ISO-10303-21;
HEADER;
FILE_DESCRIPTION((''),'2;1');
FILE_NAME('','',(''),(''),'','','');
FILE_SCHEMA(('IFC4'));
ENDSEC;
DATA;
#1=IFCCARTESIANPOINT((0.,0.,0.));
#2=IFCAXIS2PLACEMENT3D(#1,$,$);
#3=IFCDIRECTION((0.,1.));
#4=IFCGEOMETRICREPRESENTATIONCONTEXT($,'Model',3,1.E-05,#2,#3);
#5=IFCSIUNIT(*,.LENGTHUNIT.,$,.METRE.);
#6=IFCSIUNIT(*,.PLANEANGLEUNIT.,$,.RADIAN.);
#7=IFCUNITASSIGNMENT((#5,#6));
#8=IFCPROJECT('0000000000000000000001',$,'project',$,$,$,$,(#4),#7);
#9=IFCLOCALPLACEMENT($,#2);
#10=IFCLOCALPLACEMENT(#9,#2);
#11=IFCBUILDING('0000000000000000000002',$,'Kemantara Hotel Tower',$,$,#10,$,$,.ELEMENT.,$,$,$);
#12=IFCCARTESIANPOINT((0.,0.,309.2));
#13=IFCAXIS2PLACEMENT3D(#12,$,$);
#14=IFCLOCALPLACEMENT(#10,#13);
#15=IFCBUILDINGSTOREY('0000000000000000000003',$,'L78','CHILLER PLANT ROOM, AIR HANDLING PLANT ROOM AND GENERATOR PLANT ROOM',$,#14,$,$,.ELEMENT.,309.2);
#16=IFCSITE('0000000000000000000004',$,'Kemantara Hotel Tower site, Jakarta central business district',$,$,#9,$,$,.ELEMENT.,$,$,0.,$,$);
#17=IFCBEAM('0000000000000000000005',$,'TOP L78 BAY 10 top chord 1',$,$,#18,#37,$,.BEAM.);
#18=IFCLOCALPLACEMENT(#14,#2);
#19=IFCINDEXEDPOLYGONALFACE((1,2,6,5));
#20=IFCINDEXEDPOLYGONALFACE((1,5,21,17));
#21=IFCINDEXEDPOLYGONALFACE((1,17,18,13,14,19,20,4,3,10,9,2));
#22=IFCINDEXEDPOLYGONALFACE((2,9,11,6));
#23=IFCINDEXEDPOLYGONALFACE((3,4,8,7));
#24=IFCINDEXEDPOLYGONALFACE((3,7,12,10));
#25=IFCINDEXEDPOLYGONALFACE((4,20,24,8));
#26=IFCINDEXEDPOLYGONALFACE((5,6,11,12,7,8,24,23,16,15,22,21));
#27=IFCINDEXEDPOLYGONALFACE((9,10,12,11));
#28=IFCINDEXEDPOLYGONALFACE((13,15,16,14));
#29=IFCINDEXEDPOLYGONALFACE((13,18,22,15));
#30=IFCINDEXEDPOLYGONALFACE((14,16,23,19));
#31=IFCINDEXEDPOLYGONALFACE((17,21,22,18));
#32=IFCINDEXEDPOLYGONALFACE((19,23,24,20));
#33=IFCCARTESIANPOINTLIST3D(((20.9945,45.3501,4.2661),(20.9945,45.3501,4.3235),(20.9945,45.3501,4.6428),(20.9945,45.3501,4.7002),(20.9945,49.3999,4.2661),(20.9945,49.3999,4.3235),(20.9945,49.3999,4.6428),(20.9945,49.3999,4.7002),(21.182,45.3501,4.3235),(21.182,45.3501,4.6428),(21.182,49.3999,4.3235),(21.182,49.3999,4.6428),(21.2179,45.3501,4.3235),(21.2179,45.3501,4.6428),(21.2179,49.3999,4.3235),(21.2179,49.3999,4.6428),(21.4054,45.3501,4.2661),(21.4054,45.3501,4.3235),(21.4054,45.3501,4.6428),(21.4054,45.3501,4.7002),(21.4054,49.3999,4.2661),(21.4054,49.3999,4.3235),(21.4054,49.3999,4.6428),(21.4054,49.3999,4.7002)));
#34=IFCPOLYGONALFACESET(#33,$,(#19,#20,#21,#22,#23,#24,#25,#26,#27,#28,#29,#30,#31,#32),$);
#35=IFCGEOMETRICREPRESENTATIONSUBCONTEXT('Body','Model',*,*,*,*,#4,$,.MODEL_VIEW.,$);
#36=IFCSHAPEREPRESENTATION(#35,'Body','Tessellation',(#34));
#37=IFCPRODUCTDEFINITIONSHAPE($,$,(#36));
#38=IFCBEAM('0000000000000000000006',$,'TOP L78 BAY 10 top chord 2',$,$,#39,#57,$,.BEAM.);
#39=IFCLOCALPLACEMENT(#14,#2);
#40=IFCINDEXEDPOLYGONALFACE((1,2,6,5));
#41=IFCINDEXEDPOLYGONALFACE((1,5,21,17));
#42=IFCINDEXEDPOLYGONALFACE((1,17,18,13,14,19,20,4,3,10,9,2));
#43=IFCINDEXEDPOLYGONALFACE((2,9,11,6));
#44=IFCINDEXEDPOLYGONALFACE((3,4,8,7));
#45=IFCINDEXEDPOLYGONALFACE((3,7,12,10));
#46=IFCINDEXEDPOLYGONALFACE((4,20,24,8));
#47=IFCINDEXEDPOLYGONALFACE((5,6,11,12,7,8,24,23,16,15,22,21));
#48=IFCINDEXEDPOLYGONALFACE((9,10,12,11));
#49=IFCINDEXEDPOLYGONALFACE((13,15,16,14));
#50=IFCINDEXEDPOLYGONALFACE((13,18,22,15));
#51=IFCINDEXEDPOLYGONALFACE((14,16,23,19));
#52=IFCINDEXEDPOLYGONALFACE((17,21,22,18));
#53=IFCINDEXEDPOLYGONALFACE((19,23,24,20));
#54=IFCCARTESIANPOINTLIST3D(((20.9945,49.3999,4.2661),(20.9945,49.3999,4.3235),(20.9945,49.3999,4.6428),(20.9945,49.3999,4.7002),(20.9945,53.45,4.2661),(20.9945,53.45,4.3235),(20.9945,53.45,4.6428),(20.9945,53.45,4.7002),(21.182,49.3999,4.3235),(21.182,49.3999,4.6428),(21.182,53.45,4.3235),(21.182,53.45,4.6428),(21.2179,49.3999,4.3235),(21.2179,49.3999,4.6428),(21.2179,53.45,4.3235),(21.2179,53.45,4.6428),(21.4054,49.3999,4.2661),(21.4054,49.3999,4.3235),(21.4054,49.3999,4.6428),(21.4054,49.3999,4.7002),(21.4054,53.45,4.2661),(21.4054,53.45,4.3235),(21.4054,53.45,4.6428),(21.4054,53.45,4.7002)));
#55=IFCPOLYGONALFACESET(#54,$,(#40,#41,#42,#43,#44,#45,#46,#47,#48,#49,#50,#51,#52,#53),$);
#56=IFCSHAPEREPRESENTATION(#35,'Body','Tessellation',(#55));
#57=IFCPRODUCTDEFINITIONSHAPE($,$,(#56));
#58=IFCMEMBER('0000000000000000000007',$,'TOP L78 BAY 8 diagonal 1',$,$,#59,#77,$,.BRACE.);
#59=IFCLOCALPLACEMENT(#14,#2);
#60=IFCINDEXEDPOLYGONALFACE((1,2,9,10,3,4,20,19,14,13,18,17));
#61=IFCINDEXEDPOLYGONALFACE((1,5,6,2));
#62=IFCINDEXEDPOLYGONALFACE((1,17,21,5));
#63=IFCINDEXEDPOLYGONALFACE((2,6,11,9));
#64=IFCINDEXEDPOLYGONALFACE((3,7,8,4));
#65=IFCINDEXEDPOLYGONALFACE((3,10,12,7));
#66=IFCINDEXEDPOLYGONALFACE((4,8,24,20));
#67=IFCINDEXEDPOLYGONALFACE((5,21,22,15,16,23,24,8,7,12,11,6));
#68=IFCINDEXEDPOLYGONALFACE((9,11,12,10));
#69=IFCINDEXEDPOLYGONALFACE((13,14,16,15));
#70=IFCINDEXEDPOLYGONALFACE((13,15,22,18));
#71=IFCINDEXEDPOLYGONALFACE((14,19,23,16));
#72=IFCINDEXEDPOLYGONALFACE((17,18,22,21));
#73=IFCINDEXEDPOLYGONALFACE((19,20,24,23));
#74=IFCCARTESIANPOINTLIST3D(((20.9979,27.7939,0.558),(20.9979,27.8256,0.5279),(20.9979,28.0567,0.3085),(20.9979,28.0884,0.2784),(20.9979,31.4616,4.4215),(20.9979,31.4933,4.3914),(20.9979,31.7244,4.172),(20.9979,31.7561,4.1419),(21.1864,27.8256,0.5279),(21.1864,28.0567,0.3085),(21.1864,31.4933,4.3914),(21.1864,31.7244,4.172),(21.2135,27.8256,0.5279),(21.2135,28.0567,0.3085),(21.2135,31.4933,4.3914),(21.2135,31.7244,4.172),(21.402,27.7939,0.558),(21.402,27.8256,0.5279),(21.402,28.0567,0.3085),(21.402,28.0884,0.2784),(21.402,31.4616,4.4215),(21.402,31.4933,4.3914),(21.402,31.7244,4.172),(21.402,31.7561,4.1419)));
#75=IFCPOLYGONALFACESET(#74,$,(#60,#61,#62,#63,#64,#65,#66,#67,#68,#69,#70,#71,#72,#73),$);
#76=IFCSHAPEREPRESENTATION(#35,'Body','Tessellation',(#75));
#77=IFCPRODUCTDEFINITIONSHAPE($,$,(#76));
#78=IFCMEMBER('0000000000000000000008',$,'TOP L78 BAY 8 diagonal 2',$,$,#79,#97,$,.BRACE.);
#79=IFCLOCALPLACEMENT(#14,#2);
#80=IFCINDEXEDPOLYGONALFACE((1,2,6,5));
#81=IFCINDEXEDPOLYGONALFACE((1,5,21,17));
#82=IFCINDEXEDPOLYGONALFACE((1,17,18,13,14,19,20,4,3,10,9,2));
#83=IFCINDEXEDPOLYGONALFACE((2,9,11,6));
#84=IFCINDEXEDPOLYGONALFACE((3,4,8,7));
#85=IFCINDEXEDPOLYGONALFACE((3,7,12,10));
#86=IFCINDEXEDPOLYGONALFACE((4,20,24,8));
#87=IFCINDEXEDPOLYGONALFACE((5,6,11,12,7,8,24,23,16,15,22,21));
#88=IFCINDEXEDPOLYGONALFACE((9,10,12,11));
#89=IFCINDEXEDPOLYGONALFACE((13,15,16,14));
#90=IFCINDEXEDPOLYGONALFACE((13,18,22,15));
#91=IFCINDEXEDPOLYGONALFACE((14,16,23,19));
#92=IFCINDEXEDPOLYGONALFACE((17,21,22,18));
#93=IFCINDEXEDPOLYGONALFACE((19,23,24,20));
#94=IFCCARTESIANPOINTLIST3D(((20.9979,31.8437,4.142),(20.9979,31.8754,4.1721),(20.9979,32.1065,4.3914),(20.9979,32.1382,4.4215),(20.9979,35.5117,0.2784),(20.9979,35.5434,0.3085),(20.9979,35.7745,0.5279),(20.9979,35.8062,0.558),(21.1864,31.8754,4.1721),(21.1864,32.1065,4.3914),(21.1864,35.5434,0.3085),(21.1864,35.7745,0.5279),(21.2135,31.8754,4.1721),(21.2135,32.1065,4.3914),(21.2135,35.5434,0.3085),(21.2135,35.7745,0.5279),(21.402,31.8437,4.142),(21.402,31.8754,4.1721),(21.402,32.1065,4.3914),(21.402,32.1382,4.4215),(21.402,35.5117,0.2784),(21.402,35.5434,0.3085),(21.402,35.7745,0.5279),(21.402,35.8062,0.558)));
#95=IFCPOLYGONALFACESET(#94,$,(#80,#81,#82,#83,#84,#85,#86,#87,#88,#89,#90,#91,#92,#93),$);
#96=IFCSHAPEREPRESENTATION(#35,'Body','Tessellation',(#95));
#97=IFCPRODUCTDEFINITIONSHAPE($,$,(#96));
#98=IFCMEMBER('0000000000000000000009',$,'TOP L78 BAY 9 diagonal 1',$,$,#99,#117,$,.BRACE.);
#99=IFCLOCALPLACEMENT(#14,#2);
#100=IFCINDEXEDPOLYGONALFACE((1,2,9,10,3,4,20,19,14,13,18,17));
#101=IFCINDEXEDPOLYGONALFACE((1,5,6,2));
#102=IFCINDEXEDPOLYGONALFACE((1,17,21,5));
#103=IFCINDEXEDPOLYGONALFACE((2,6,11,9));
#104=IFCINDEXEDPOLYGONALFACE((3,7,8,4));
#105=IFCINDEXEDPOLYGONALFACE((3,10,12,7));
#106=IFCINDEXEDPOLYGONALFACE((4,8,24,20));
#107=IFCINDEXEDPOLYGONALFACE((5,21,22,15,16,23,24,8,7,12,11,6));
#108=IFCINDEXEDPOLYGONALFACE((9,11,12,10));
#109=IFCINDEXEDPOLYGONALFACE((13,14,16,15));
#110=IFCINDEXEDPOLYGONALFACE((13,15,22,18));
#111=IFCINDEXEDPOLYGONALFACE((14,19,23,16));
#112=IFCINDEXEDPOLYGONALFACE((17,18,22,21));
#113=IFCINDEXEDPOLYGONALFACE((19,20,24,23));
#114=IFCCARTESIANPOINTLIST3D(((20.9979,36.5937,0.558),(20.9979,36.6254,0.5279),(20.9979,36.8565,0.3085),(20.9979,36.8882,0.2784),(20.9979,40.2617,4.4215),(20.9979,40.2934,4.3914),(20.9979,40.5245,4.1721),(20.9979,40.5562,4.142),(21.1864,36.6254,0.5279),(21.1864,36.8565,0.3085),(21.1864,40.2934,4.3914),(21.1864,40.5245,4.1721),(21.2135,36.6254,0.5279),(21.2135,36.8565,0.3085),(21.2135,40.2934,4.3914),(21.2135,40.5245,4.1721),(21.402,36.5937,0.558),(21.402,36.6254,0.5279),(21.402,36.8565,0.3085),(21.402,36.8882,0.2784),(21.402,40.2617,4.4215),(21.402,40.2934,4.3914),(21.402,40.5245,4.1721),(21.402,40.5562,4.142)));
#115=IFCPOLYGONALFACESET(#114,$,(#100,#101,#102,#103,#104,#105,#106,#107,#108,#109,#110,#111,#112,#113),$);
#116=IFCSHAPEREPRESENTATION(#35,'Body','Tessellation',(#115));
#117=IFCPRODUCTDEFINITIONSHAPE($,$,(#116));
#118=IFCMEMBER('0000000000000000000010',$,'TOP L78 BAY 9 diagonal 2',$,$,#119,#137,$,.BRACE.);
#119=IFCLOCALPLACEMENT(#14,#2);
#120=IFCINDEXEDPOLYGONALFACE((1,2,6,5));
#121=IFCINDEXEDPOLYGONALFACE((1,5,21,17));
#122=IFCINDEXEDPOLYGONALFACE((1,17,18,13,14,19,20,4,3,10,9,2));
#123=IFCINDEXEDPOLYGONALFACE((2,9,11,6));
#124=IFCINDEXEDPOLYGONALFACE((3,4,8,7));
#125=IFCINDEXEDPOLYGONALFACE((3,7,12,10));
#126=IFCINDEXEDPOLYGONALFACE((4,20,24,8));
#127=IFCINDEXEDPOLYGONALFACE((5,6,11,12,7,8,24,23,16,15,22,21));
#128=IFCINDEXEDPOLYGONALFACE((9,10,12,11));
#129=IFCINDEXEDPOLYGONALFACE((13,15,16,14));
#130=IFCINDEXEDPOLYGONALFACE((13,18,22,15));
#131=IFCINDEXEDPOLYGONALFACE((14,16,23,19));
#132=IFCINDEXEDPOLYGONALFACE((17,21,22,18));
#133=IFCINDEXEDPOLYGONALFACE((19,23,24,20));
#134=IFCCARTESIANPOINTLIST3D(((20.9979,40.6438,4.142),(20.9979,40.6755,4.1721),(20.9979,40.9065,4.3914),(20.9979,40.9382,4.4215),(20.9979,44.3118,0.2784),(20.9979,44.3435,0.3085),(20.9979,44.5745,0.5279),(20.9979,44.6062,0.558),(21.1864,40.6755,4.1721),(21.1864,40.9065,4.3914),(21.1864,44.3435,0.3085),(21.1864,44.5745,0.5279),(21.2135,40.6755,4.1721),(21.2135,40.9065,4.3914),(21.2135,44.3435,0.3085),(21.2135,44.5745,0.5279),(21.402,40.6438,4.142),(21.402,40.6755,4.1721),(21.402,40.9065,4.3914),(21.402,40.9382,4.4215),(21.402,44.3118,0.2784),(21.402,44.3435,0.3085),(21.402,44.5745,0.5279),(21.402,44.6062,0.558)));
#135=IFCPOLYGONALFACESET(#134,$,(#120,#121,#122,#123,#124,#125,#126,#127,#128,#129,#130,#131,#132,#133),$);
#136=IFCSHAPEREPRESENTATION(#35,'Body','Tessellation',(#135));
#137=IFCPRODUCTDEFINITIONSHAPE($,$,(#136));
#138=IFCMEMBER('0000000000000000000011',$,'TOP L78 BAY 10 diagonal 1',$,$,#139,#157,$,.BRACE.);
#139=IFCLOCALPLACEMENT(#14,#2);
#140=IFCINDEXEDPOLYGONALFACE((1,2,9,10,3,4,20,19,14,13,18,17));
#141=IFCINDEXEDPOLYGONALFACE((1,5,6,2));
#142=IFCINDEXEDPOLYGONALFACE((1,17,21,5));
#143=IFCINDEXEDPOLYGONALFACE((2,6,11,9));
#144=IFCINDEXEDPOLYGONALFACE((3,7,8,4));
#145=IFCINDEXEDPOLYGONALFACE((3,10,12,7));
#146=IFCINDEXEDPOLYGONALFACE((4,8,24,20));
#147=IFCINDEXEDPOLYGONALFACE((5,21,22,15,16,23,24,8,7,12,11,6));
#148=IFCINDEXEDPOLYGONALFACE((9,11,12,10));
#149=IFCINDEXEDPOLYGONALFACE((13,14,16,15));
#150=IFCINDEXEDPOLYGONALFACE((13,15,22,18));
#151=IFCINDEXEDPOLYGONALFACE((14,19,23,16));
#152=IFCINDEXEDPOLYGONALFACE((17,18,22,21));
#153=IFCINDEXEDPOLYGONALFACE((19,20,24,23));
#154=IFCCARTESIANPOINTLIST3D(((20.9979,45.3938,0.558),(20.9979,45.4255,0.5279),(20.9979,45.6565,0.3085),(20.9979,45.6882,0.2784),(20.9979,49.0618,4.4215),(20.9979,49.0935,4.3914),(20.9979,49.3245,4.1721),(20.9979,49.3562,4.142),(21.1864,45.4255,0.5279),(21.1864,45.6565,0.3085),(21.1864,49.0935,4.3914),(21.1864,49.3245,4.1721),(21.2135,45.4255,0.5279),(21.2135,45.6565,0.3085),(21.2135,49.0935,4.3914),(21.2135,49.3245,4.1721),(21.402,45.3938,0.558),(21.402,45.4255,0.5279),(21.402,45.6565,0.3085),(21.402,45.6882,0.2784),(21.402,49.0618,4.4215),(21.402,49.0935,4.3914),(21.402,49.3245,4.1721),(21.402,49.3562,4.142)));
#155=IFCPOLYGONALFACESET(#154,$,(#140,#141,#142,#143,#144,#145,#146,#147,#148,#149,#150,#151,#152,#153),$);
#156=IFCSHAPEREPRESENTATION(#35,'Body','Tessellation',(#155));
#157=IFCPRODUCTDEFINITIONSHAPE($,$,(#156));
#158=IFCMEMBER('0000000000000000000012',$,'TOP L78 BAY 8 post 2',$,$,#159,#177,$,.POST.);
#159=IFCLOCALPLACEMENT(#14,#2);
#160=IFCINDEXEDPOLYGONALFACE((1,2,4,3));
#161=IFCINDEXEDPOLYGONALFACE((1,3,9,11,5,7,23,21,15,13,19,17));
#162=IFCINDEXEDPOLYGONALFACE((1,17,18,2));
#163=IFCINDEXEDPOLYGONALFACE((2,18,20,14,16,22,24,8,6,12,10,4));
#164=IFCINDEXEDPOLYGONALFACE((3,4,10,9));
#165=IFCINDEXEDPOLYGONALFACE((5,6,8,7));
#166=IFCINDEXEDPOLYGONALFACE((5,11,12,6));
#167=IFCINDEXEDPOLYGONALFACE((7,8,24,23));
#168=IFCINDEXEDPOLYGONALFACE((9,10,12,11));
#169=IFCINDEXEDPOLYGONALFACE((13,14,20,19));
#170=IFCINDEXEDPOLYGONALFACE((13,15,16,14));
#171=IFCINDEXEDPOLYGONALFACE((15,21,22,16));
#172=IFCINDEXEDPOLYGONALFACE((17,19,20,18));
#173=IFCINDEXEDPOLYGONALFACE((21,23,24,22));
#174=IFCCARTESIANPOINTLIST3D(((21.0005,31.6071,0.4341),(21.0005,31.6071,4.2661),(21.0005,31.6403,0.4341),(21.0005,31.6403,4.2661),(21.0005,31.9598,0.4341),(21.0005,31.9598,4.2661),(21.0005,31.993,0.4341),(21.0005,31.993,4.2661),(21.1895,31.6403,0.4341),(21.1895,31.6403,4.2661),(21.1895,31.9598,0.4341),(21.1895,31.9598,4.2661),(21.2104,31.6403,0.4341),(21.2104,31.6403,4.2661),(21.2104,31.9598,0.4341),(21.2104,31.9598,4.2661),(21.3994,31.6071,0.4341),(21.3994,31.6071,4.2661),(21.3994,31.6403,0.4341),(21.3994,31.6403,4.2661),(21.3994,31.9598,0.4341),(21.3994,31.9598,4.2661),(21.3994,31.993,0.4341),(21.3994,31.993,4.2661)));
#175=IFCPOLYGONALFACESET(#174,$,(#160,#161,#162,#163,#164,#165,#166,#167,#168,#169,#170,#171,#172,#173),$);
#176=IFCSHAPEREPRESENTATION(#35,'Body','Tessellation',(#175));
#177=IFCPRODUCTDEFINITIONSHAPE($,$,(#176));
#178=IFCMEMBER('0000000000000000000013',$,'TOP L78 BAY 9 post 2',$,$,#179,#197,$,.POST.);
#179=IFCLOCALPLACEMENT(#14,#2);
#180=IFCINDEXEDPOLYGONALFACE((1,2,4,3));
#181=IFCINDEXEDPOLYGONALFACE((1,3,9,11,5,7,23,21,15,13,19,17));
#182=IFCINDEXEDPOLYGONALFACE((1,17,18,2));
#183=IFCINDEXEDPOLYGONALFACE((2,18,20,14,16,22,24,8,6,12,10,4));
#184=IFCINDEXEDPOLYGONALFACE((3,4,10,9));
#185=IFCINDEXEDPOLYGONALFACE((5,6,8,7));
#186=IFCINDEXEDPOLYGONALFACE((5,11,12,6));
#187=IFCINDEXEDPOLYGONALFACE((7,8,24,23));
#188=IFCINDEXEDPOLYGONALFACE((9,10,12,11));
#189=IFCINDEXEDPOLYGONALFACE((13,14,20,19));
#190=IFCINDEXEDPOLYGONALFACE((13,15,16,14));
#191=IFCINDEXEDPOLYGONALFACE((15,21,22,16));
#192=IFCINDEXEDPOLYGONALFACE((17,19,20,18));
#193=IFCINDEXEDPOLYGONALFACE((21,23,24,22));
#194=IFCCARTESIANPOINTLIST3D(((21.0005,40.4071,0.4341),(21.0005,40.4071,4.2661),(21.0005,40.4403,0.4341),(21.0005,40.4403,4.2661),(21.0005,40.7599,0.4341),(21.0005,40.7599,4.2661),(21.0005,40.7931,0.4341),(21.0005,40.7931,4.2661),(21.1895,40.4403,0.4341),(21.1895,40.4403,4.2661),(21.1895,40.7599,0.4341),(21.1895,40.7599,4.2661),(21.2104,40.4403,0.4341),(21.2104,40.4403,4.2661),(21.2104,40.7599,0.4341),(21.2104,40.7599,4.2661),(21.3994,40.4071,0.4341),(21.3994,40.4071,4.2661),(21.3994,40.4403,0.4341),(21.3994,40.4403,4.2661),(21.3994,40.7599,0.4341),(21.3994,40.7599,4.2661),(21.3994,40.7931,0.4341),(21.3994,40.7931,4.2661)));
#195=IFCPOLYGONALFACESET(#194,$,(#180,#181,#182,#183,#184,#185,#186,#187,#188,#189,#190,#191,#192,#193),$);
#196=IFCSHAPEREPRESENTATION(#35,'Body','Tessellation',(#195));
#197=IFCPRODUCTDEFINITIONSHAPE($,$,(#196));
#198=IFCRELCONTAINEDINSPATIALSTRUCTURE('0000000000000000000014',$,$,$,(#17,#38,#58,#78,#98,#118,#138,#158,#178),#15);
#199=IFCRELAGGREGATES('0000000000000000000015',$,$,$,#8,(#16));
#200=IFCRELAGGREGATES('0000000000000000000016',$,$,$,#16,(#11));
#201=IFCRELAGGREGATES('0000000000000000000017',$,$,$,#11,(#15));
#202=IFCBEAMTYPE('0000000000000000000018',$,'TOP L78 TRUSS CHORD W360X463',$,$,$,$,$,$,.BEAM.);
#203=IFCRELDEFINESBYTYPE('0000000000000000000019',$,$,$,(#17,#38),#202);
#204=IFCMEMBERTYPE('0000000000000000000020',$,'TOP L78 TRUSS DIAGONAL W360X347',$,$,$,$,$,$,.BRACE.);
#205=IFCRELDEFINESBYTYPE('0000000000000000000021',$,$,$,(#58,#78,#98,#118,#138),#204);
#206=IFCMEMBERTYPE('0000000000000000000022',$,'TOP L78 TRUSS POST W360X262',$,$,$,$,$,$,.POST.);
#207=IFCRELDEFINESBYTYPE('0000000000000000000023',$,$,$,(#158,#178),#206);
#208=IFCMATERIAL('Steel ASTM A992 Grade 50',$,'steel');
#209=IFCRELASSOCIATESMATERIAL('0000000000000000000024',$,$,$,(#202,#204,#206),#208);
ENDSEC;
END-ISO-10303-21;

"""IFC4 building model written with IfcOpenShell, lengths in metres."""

from ifc_helpers import new_model, si_unit, direction, frame, origin, origin_2d, place, context, subcontext, project, spatial, i_section, extrude, material, material_profile, profile_set, type_object, element, save


model = new_model("IFC4")

# Units and contexts
model_context = context("Model", 3, precision=1e-05, world=origin(), true_north=direction((0.0, 1.0)))
body_context = subcontext(model_context, "Body", "Model", "MODEL_VIEW")
ifc_project = project(units=[si_unit("LENGTHUNIT", "METRE"), si_unit("PLANEANGLEUNIT", "RADIAN")], contexts=[model_context])

# Site, building, storey
site_placement = place(None, origin())
site = spatial("IfcSite", under=ifc_project, at=site_placement, Name="Kemantara Hotel Tower site, Jakarta central business district", CompositionType="ELEMENT", RefElevation=0.0)
building_placement = place(site_placement, origin())
building = spatial("IfcBuilding", under=site, at=building_placement, Name="Kemantara Hotel Tower", CompositionType="ELEMENT")
storey_placement = place(building_placement, frame((0.0, 0.0, 309.2)))
storey = spatial("IfcBuildingStorey", under=building, at=storey_placement, Name="L78", Description="CHILLER PLANT ROOM, AIR HANDLING PLANT ROOM AND GENERATOR PLANT ROOM", CompositionType="ELEMENT", Elevation=309.2)

# Beams
ifc_material_1 = material(Name="Steel ASTM A992 Grade 50", Category="steel")
ifc_material_profile_1 = material_profile(ifc_material_1, i_section(OverallWidth=0.4109, OverallDepth=0.4341, WebThickness=0.0359, FlangeThickness=0.0574, at=origin_2d()), Name="W360X463")
ifc_profile_set_1 = profile_set([ifc_material_profile_1], Name="Steel ASTM A992 Grade 50")
beam_type = type_object("IfcBeamType", Name="TOP L78 TRUSS CHORD W360X463", PredefinedType="BEAM", material=ifc_profile_set_1)
beam_1_placement = place(storey_placement, frame((21.2, 45.3501, 4.4832), z_axis=(0.0, 1.0, 0.0), x_axis=(-1.0, 0.0, 0.0)))
element("IfcBeam", 1, at=beam_1_placement, inside=storey, type_object=beam_type, Name="TOP L78 BAY 10 top chord 1", PredefinedType="BEAM", context=body_context, shape_type="SweptSolid", body=[
    extrude(i_section(OverallWidth=0.4109, OverallDepth=0.4341, WebThickness=0.0359, FlangeThickness=0.0574, at=origin_2d()), origin(), (0.0, 0.0, 1.0), 4.0498),
])
beam_2_placement = place(storey_placement, frame((21.2, 49.3999, 4.4832), z_axis=(0.0, 1.0, 0.0), x_axis=(-1.0, 0.0, 0.0)))
element("IfcBeam", 2, at=beam_2_placement, inside=storey, type_object=beam_type, Name="TOP L78 BAY 10 top chord 2", PredefinedType="BEAM", context=body_context, shape_type="SweptSolid", body=[
    extrude(i_section(OverallWidth=0.4109, OverallDepth=0.4341, WebThickness=0.0359, FlangeThickness=0.0574, at=origin_2d()), origin(), (0.0, 0.0, 1.0), 4.05),
])

# Members
ifc_material_profile_2 = material_profile(ifc_material_1, i_section(OverallWidth=0.4041, OverallDepth=0.406, WebThickness=0.0271, FlangeThickness=0.0437, at=origin_2d()), Name="W360X347")
ifc_profile_set_2 = profile_set([ifc_material_profile_2], Name="Steel ASTM A992 Grade 50")
member_type_1 = type_object("IfcMemberType", Name="TOP L78 TRUSS DIAGONAL W360X347", PredefinedType="BRACE", material=ifc_profile_set_2)
member_placement = place(storey_placement, frame((21.2, 27.9412, 0.4182), z_axis=(0.0, 0.68849, 0.725245), x_axis=(-1.0, 0.0, 0.0)))
element("IfcMember", 3, at=member_placement, inside=storey, type_object=member_type_1, Name="TOP L78 BAY 8 diagonal 1", PredefinedType="BRACE", context=body_context, shape_type="SweptSolid", body=[
    extrude(i_section(OverallWidth=0.4041, OverallDepth=0.406, WebThickness=0.0271, FlangeThickness=0.0437, at=origin_2d()), origin(), (0.0, 0.0, 1.0), 5.3271),
])
for number, where, z_axis, x_axis, name in (
    (4, (21.2, 35.6589, 0.4182), (0.0, -0.688515, 0.725223), (1.0, 0.0, 0.0), "TOP L78 BAY 8 diagonal 2"),
    (5, (21.2, 36.741, 0.4182), (0.0, 0.688515, 0.725223), (-1.0, 0.0, 0.0), "TOP L78 BAY 9 diagonal 1"),
    (6, (21.2, 44.459, 0.4182), (0.0, -0.688515, 0.725223), (1.0, 0.0, 0.0), "TOP L78 BAY 9 diagonal 2"),
    (7, (21.2, 45.541, 0.4182), (0.0, 0.688515, 0.725223), (-1.0, 0.0, 0.0), "TOP L78 BAY 10 diagonal 1"),
):
    element("IfcMember", number, at=place(storey_placement, frame(where, z_axis=z_axis, x_axis=x_axis)), inside=storey, type_object=member_type_1, Name=name, PredefinedType="BRACE", context=body_context, shape_type="SweptSolid", body=[
        extrude(i_section(OverallWidth=0.4041, OverallDepth=0.406, WebThickness=0.0271, FlangeThickness=0.0437, at=origin_2d()), origin(), (0.0, 0.0, 1.0), 5.3274),
    ])
ifc_material_profile_3 = material_profile(ifc_material_1, i_section(OverallWidth=0.3989, OverallDepth=0.386, WebThickness=0.021, FlangeThickness=0.0332, at=origin_2d()), Name="W360X262")
ifc_profile_set_3 = profile_set([ifc_material_profile_3], Name="Steel ASTM A992 Grade 50")
member_type_2 = type_object("IfcMemberType", Name="TOP L78 TRUSS POST W360X262", PredefinedType="POST", material=ifc_profile_set_3)
for number, where, z_axis, x_axis, name in (
    (8, (21.2, 31.8, 0.4341), (0.0, 0.0, 1.0), (1.0, 0.0, 0.0), "TOP L78 BAY 8 post 2"),
    (9, (21.2, 40.6001, 0.4341), (0.0, 0.0, 1.0), (1.0, 0.0, 0.0), "TOP L78 BAY 9 post 2"),
):
    element("IfcMember", number, at=place(storey_placement, frame(where, z_axis=z_axis, x_axis=x_axis)), inside=storey, type_object=member_type_2, Name=name, PredefinedType="POST", context=body_context, shape_type="SweptSolid", body=[
        extrude(i_section(OverallWidth=0.3989, OverallDepth=0.386, WebThickness=0.021, FlangeThickness=0.0332, at=origin_2d()), origin(), (0.0, 0.0, 1.0), 3.832),
    ])

save(model, "model.ifc")
